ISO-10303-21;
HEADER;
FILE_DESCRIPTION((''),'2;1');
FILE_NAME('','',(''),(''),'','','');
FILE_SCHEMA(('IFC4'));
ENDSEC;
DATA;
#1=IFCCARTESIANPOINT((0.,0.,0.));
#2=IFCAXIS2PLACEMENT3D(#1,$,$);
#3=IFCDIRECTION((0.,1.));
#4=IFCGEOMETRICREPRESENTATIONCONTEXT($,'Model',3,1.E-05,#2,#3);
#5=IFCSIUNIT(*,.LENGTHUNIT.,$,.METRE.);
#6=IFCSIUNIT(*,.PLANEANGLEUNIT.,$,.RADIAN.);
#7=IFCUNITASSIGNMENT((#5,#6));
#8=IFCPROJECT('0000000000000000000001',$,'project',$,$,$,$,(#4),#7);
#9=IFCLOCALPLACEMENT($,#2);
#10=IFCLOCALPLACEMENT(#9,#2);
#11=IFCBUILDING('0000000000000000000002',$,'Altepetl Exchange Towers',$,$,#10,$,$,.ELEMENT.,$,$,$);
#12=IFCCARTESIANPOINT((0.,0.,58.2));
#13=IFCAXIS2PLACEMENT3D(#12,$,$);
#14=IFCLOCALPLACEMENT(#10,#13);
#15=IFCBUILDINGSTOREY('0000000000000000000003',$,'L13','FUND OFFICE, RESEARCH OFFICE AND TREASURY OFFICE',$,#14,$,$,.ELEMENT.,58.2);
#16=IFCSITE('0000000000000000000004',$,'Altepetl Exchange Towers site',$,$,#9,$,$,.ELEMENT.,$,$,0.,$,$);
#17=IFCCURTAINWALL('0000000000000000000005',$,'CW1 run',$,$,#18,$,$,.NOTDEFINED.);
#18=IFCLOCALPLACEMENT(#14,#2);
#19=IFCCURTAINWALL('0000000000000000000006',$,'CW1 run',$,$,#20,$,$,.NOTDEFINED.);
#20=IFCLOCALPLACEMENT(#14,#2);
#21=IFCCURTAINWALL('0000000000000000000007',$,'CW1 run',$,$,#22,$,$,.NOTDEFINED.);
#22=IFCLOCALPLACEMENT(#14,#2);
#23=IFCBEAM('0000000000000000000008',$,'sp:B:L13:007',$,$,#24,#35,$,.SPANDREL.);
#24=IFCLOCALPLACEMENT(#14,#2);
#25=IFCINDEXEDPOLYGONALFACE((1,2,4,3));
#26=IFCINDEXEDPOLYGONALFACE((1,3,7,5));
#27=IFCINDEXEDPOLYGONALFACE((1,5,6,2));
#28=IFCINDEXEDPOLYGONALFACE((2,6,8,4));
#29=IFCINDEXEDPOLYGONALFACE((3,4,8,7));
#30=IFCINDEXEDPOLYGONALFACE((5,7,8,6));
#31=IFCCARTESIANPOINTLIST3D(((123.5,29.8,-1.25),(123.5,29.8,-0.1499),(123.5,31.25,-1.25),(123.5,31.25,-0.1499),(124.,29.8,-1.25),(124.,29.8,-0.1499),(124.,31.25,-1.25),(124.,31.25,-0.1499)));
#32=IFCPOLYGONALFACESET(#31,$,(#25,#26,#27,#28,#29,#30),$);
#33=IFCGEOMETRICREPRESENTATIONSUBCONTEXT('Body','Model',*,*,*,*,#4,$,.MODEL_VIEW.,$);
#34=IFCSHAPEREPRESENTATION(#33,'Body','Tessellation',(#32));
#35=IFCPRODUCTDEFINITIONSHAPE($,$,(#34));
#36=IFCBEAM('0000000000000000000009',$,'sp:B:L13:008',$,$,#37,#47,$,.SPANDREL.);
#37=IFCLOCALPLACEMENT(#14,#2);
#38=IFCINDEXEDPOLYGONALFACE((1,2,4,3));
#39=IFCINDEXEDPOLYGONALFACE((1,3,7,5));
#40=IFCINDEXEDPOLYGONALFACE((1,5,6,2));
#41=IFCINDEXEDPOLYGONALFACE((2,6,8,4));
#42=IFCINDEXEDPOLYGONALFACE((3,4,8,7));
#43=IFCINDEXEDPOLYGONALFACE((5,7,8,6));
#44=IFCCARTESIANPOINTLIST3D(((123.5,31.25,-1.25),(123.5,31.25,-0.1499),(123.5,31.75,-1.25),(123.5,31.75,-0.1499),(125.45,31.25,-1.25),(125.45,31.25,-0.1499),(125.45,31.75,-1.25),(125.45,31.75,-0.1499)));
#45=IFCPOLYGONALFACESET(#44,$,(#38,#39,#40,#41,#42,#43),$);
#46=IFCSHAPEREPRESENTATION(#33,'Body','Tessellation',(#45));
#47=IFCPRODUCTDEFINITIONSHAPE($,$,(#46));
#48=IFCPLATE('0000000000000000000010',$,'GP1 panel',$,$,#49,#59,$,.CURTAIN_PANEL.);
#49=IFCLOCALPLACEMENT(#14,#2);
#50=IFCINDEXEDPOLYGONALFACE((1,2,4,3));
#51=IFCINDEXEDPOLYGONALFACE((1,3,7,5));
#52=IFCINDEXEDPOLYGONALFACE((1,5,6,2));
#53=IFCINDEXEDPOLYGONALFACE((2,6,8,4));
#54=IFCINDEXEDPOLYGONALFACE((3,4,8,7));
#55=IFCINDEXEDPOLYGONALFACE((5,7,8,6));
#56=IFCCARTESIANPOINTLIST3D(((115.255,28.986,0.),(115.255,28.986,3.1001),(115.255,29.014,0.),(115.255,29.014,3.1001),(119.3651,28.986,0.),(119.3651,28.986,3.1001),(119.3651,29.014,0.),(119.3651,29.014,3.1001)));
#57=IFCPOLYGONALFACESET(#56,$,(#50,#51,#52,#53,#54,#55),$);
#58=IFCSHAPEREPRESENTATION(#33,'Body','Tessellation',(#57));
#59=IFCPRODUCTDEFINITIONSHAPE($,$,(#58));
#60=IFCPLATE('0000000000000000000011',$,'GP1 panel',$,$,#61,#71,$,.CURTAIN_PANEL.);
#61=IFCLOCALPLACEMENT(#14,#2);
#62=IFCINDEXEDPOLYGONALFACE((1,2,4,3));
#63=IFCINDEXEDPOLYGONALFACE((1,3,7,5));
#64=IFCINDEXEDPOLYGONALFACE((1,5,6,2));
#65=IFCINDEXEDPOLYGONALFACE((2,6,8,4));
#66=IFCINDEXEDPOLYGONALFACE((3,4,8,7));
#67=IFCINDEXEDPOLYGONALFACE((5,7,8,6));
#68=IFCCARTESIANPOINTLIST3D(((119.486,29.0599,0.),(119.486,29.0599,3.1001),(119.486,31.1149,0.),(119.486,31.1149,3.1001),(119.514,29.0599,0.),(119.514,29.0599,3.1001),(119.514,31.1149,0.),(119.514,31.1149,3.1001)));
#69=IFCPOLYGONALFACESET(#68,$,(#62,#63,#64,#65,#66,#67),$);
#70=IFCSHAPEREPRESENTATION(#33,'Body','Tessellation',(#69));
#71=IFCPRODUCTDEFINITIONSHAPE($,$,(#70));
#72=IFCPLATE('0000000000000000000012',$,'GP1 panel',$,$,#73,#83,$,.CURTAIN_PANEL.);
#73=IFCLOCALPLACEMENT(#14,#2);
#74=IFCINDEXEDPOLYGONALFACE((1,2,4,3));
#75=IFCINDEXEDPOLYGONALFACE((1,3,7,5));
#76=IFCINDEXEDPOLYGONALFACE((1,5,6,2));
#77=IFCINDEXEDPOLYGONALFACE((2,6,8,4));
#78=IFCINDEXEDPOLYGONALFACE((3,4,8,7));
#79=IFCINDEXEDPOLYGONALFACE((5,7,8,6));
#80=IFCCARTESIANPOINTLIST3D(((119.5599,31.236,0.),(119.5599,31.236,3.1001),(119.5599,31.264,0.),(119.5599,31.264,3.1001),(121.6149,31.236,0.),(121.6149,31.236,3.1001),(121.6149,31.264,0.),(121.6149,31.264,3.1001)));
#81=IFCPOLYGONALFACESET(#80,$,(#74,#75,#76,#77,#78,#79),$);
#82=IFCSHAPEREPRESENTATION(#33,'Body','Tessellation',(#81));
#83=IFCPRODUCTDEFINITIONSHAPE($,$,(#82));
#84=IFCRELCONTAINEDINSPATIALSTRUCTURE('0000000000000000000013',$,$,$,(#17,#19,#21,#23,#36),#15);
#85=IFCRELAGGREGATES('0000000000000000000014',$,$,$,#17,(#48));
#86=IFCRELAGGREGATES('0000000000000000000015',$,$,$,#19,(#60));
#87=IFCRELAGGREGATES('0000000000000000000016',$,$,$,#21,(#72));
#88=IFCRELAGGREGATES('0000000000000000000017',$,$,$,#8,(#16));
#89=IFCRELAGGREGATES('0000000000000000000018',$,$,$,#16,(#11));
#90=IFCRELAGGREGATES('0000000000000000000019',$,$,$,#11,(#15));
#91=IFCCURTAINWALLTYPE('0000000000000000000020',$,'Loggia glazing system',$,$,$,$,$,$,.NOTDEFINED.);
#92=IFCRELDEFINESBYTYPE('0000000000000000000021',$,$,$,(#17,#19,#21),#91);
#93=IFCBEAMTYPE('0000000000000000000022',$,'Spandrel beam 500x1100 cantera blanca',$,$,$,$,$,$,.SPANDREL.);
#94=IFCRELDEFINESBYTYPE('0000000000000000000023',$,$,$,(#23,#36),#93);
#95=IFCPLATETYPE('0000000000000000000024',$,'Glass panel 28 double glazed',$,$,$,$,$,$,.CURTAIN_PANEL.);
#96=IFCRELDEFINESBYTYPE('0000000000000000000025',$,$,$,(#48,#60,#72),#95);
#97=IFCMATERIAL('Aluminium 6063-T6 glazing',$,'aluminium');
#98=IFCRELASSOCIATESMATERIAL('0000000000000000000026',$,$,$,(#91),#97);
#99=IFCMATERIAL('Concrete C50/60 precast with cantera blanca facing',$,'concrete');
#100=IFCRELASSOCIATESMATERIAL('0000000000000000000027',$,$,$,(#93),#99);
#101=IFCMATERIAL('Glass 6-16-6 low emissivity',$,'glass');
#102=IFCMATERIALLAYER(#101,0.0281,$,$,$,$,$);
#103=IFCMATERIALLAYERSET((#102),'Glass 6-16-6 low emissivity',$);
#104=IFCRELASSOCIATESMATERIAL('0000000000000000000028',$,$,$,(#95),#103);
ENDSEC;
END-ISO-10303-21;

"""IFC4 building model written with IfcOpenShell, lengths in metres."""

from ifc_helpers import new_model, si_unit, direction, frame, origin, origin_2d, place, context, subcontext, project, spatial, rectangle, extrude, material, layer, layer_set, material_profile, profile_set, type_object, element, aggregate, save


model = new_model("IFC4")

# Units and contexts
model_context = context("Model", 3, precision=1e-05, world=origin(), true_north=direction((0.0, 1.0)))
body_context = subcontext(model_context, "Body", "Model", "MODEL_VIEW")
ifc_project = project(units=[si_unit("LENGTHUNIT", "METRE"), si_unit("PLANEANGLEUNIT", "RADIAN")], contexts=[model_context])

# Site, building, storey
site_placement = place(None, origin())
site = spatial("IfcSite", under=ifc_project, at=site_placement, Name="Altepetl Exchange Towers site", CompositionType="ELEMENT", RefElevation=0.0)
building_placement = place(site_placement, origin())
building = spatial("IfcBuilding", under=site, at=building_placement, Name="Altepetl Exchange Towers", CompositionType="ELEMENT")
storey_placement = place(building_placement, frame((0.0, 0.0, 58.2)))
storey = spatial("IfcBuildingStorey", under=building, at=storey_placement, Name="L13", Description="FUND OFFICE, RESEARCH OFFICE AND TREASURY OFFICE", CompositionType="ELEMENT", Elevation=58.2)

# Curtain wall
ifc_material_1 = material(Name="Aluminium 6063-T6 glazing", Category="aluminium")
curtain_wall_type = type_object("IfcCurtainWallType", Name="Loggia glazing system", PredefinedType="NOTDEFINED", material=ifc_material_1)
curtain_wall_1_placement = place(storey_placement, origin())
curtain_wall_1 = element("IfcCurtainWall", 1, at=curtain_wall_1_placement, inside=storey, type_object=curtain_wall_type, Name="CW1 run", PredefinedType="NOTDEFINED")

# Curtain walls
curtain_wall_2_placement = place(storey_placement, origin())
curtain_wall_2 = element("IfcCurtainWall", 2, at=curtain_wall_2_placement, inside=storey, type_object=curtain_wall_type, Name="CW1 run", PredefinedType="NOTDEFINED")
curtain_wall_3_placement = place(storey_placement, origin())
curtain_wall_3 = element("IfcCurtainWall", 3, at=curtain_wall_3_placement, inside=storey, type_object=curtain_wall_type, Name="CW1 run", PredefinedType="NOTDEFINED")

# Beams
ifc_material_2 = material(Name="Concrete C50/60 precast with cantera blanca facing", Category="concrete")
ifc_material_profile_1 = material_profile(ifc_material_2, rectangle(XDim=0.5, YDim=1.1001, at=origin_2d()), Name="500 x 1100")
ifc_profile_set_1 = profile_set([ifc_material_profile_1], Name="Concrete C50/60 precast with cantera blanca facing")
beam_type_1 = type_object("IfcBeamType", Name="Spandrel beam 500x1100 cantera blanca", PredefinedType="SPANDREL", material=ifc_profile_set_1)
beam_1_placement = place(storey_placement, frame((123.75, 29.8, -0.7), z_axis=(0.0, 1.0, 0.0), x_axis=(-1.0, 0.0, 0.0)))
element("IfcBeam", 4, at=beam_1_placement, inside=storey, type_object=beam_type_1, Name="sp:B:L13:007", PredefinedType="SPANDREL", context=body_context, shape_type="SweptSolid", body=[
    extrude(rectangle(XDim=0.5, YDim=1.1001, at=origin_2d()), origin(), (0.0, 0.0, 1.0), 1.45),
])
beam_2_placement = place(storey_placement, frame((123.5, 31.5, -0.7), z_axis=(1.0, 0.0, 0.0), x_axis=(0.0, 1.0, 0.0)))
element("IfcBeam", 5, at=beam_2_placement, inside=storey, type_object=beam_type_1, Name="sp:B:L13:008", PredefinedType="SPANDREL", context=body_context, shape_type="SweptSolid", body=[
    extrude(rectangle(XDim=0.5, YDim=1.1001, at=origin_2d()), origin(), (0.0, 0.0, 1.0), 1.95),
])

# Plates
ifc_material_3 = material(Name="Glass 6-16-6 low emissivity", Category="glass")
ifc_layer = layer(ifc_material_3, 0.0281)
ifc_layer_set = layer_set([ifc_layer], Name="Glass 6-16-6 low emissivity")
plate_type = type_object("IfcPlateType", Name="Glass panel 28 double glazed", PredefinedType="CURTAIN_PANEL", material=ifc_layer_set)
plate_1_placement = place(storey_placement, frame((117.3101, 29.0, 0.0)))
plate_1 = element("IfcPlate", 6, at=plate_1_placement, type_object=plate_type, Name="GP1 panel", PredefinedType="CURTAIN_PANEL", context=body_context, shape_type="SweptSolid", body=[
    extrude(rectangle(XDim=4.1101, YDim=0.0281, at=origin_2d()), origin(), (0.0, 0.0, 1.0), 3.1001),
])
aggregate(curtain_wall_1, [plate_1])
plate_2_placement = place(storey_placement, frame((119.5, 30.0874, 0.0), z_axis=(0.0, 0.0, 1.0), x_axis=(0.0, 1.0, 0.0)))
plate_2 = element("IfcPlate", 7, at=plate_2_placement, type_object=plate_type, Name="GP1 panel", PredefinedType="CURTAIN_PANEL", context=body_context, shape_type="SweptSolid", body=[
    extrude(rectangle(XDim=2.0549, YDim=0.0281, at=origin_2d()), origin(), (0.0, 0.0, 1.0), 3.1001),
])
aggregate(curtain_wall_2, [plate_2])
plate_3_placement = place(storey_placement, frame((120.5874, 31.25, 0.0)))
plate_3 = element("IfcPlate", 8, at=plate_3_placement, type_object=plate_type, Name="GP1 panel", PredefinedType="CURTAIN_PANEL", context=body_context, shape_type="SweptSolid", body=[
    extrude(rectangle(XDim=2.0549, YDim=0.0281, at=origin_2d()), origin(), (0.0, 0.0, 1.0), 3.1001),
])
aggregate(curtain_wall_3, [plate_3])

save(model, "model.ifc")
